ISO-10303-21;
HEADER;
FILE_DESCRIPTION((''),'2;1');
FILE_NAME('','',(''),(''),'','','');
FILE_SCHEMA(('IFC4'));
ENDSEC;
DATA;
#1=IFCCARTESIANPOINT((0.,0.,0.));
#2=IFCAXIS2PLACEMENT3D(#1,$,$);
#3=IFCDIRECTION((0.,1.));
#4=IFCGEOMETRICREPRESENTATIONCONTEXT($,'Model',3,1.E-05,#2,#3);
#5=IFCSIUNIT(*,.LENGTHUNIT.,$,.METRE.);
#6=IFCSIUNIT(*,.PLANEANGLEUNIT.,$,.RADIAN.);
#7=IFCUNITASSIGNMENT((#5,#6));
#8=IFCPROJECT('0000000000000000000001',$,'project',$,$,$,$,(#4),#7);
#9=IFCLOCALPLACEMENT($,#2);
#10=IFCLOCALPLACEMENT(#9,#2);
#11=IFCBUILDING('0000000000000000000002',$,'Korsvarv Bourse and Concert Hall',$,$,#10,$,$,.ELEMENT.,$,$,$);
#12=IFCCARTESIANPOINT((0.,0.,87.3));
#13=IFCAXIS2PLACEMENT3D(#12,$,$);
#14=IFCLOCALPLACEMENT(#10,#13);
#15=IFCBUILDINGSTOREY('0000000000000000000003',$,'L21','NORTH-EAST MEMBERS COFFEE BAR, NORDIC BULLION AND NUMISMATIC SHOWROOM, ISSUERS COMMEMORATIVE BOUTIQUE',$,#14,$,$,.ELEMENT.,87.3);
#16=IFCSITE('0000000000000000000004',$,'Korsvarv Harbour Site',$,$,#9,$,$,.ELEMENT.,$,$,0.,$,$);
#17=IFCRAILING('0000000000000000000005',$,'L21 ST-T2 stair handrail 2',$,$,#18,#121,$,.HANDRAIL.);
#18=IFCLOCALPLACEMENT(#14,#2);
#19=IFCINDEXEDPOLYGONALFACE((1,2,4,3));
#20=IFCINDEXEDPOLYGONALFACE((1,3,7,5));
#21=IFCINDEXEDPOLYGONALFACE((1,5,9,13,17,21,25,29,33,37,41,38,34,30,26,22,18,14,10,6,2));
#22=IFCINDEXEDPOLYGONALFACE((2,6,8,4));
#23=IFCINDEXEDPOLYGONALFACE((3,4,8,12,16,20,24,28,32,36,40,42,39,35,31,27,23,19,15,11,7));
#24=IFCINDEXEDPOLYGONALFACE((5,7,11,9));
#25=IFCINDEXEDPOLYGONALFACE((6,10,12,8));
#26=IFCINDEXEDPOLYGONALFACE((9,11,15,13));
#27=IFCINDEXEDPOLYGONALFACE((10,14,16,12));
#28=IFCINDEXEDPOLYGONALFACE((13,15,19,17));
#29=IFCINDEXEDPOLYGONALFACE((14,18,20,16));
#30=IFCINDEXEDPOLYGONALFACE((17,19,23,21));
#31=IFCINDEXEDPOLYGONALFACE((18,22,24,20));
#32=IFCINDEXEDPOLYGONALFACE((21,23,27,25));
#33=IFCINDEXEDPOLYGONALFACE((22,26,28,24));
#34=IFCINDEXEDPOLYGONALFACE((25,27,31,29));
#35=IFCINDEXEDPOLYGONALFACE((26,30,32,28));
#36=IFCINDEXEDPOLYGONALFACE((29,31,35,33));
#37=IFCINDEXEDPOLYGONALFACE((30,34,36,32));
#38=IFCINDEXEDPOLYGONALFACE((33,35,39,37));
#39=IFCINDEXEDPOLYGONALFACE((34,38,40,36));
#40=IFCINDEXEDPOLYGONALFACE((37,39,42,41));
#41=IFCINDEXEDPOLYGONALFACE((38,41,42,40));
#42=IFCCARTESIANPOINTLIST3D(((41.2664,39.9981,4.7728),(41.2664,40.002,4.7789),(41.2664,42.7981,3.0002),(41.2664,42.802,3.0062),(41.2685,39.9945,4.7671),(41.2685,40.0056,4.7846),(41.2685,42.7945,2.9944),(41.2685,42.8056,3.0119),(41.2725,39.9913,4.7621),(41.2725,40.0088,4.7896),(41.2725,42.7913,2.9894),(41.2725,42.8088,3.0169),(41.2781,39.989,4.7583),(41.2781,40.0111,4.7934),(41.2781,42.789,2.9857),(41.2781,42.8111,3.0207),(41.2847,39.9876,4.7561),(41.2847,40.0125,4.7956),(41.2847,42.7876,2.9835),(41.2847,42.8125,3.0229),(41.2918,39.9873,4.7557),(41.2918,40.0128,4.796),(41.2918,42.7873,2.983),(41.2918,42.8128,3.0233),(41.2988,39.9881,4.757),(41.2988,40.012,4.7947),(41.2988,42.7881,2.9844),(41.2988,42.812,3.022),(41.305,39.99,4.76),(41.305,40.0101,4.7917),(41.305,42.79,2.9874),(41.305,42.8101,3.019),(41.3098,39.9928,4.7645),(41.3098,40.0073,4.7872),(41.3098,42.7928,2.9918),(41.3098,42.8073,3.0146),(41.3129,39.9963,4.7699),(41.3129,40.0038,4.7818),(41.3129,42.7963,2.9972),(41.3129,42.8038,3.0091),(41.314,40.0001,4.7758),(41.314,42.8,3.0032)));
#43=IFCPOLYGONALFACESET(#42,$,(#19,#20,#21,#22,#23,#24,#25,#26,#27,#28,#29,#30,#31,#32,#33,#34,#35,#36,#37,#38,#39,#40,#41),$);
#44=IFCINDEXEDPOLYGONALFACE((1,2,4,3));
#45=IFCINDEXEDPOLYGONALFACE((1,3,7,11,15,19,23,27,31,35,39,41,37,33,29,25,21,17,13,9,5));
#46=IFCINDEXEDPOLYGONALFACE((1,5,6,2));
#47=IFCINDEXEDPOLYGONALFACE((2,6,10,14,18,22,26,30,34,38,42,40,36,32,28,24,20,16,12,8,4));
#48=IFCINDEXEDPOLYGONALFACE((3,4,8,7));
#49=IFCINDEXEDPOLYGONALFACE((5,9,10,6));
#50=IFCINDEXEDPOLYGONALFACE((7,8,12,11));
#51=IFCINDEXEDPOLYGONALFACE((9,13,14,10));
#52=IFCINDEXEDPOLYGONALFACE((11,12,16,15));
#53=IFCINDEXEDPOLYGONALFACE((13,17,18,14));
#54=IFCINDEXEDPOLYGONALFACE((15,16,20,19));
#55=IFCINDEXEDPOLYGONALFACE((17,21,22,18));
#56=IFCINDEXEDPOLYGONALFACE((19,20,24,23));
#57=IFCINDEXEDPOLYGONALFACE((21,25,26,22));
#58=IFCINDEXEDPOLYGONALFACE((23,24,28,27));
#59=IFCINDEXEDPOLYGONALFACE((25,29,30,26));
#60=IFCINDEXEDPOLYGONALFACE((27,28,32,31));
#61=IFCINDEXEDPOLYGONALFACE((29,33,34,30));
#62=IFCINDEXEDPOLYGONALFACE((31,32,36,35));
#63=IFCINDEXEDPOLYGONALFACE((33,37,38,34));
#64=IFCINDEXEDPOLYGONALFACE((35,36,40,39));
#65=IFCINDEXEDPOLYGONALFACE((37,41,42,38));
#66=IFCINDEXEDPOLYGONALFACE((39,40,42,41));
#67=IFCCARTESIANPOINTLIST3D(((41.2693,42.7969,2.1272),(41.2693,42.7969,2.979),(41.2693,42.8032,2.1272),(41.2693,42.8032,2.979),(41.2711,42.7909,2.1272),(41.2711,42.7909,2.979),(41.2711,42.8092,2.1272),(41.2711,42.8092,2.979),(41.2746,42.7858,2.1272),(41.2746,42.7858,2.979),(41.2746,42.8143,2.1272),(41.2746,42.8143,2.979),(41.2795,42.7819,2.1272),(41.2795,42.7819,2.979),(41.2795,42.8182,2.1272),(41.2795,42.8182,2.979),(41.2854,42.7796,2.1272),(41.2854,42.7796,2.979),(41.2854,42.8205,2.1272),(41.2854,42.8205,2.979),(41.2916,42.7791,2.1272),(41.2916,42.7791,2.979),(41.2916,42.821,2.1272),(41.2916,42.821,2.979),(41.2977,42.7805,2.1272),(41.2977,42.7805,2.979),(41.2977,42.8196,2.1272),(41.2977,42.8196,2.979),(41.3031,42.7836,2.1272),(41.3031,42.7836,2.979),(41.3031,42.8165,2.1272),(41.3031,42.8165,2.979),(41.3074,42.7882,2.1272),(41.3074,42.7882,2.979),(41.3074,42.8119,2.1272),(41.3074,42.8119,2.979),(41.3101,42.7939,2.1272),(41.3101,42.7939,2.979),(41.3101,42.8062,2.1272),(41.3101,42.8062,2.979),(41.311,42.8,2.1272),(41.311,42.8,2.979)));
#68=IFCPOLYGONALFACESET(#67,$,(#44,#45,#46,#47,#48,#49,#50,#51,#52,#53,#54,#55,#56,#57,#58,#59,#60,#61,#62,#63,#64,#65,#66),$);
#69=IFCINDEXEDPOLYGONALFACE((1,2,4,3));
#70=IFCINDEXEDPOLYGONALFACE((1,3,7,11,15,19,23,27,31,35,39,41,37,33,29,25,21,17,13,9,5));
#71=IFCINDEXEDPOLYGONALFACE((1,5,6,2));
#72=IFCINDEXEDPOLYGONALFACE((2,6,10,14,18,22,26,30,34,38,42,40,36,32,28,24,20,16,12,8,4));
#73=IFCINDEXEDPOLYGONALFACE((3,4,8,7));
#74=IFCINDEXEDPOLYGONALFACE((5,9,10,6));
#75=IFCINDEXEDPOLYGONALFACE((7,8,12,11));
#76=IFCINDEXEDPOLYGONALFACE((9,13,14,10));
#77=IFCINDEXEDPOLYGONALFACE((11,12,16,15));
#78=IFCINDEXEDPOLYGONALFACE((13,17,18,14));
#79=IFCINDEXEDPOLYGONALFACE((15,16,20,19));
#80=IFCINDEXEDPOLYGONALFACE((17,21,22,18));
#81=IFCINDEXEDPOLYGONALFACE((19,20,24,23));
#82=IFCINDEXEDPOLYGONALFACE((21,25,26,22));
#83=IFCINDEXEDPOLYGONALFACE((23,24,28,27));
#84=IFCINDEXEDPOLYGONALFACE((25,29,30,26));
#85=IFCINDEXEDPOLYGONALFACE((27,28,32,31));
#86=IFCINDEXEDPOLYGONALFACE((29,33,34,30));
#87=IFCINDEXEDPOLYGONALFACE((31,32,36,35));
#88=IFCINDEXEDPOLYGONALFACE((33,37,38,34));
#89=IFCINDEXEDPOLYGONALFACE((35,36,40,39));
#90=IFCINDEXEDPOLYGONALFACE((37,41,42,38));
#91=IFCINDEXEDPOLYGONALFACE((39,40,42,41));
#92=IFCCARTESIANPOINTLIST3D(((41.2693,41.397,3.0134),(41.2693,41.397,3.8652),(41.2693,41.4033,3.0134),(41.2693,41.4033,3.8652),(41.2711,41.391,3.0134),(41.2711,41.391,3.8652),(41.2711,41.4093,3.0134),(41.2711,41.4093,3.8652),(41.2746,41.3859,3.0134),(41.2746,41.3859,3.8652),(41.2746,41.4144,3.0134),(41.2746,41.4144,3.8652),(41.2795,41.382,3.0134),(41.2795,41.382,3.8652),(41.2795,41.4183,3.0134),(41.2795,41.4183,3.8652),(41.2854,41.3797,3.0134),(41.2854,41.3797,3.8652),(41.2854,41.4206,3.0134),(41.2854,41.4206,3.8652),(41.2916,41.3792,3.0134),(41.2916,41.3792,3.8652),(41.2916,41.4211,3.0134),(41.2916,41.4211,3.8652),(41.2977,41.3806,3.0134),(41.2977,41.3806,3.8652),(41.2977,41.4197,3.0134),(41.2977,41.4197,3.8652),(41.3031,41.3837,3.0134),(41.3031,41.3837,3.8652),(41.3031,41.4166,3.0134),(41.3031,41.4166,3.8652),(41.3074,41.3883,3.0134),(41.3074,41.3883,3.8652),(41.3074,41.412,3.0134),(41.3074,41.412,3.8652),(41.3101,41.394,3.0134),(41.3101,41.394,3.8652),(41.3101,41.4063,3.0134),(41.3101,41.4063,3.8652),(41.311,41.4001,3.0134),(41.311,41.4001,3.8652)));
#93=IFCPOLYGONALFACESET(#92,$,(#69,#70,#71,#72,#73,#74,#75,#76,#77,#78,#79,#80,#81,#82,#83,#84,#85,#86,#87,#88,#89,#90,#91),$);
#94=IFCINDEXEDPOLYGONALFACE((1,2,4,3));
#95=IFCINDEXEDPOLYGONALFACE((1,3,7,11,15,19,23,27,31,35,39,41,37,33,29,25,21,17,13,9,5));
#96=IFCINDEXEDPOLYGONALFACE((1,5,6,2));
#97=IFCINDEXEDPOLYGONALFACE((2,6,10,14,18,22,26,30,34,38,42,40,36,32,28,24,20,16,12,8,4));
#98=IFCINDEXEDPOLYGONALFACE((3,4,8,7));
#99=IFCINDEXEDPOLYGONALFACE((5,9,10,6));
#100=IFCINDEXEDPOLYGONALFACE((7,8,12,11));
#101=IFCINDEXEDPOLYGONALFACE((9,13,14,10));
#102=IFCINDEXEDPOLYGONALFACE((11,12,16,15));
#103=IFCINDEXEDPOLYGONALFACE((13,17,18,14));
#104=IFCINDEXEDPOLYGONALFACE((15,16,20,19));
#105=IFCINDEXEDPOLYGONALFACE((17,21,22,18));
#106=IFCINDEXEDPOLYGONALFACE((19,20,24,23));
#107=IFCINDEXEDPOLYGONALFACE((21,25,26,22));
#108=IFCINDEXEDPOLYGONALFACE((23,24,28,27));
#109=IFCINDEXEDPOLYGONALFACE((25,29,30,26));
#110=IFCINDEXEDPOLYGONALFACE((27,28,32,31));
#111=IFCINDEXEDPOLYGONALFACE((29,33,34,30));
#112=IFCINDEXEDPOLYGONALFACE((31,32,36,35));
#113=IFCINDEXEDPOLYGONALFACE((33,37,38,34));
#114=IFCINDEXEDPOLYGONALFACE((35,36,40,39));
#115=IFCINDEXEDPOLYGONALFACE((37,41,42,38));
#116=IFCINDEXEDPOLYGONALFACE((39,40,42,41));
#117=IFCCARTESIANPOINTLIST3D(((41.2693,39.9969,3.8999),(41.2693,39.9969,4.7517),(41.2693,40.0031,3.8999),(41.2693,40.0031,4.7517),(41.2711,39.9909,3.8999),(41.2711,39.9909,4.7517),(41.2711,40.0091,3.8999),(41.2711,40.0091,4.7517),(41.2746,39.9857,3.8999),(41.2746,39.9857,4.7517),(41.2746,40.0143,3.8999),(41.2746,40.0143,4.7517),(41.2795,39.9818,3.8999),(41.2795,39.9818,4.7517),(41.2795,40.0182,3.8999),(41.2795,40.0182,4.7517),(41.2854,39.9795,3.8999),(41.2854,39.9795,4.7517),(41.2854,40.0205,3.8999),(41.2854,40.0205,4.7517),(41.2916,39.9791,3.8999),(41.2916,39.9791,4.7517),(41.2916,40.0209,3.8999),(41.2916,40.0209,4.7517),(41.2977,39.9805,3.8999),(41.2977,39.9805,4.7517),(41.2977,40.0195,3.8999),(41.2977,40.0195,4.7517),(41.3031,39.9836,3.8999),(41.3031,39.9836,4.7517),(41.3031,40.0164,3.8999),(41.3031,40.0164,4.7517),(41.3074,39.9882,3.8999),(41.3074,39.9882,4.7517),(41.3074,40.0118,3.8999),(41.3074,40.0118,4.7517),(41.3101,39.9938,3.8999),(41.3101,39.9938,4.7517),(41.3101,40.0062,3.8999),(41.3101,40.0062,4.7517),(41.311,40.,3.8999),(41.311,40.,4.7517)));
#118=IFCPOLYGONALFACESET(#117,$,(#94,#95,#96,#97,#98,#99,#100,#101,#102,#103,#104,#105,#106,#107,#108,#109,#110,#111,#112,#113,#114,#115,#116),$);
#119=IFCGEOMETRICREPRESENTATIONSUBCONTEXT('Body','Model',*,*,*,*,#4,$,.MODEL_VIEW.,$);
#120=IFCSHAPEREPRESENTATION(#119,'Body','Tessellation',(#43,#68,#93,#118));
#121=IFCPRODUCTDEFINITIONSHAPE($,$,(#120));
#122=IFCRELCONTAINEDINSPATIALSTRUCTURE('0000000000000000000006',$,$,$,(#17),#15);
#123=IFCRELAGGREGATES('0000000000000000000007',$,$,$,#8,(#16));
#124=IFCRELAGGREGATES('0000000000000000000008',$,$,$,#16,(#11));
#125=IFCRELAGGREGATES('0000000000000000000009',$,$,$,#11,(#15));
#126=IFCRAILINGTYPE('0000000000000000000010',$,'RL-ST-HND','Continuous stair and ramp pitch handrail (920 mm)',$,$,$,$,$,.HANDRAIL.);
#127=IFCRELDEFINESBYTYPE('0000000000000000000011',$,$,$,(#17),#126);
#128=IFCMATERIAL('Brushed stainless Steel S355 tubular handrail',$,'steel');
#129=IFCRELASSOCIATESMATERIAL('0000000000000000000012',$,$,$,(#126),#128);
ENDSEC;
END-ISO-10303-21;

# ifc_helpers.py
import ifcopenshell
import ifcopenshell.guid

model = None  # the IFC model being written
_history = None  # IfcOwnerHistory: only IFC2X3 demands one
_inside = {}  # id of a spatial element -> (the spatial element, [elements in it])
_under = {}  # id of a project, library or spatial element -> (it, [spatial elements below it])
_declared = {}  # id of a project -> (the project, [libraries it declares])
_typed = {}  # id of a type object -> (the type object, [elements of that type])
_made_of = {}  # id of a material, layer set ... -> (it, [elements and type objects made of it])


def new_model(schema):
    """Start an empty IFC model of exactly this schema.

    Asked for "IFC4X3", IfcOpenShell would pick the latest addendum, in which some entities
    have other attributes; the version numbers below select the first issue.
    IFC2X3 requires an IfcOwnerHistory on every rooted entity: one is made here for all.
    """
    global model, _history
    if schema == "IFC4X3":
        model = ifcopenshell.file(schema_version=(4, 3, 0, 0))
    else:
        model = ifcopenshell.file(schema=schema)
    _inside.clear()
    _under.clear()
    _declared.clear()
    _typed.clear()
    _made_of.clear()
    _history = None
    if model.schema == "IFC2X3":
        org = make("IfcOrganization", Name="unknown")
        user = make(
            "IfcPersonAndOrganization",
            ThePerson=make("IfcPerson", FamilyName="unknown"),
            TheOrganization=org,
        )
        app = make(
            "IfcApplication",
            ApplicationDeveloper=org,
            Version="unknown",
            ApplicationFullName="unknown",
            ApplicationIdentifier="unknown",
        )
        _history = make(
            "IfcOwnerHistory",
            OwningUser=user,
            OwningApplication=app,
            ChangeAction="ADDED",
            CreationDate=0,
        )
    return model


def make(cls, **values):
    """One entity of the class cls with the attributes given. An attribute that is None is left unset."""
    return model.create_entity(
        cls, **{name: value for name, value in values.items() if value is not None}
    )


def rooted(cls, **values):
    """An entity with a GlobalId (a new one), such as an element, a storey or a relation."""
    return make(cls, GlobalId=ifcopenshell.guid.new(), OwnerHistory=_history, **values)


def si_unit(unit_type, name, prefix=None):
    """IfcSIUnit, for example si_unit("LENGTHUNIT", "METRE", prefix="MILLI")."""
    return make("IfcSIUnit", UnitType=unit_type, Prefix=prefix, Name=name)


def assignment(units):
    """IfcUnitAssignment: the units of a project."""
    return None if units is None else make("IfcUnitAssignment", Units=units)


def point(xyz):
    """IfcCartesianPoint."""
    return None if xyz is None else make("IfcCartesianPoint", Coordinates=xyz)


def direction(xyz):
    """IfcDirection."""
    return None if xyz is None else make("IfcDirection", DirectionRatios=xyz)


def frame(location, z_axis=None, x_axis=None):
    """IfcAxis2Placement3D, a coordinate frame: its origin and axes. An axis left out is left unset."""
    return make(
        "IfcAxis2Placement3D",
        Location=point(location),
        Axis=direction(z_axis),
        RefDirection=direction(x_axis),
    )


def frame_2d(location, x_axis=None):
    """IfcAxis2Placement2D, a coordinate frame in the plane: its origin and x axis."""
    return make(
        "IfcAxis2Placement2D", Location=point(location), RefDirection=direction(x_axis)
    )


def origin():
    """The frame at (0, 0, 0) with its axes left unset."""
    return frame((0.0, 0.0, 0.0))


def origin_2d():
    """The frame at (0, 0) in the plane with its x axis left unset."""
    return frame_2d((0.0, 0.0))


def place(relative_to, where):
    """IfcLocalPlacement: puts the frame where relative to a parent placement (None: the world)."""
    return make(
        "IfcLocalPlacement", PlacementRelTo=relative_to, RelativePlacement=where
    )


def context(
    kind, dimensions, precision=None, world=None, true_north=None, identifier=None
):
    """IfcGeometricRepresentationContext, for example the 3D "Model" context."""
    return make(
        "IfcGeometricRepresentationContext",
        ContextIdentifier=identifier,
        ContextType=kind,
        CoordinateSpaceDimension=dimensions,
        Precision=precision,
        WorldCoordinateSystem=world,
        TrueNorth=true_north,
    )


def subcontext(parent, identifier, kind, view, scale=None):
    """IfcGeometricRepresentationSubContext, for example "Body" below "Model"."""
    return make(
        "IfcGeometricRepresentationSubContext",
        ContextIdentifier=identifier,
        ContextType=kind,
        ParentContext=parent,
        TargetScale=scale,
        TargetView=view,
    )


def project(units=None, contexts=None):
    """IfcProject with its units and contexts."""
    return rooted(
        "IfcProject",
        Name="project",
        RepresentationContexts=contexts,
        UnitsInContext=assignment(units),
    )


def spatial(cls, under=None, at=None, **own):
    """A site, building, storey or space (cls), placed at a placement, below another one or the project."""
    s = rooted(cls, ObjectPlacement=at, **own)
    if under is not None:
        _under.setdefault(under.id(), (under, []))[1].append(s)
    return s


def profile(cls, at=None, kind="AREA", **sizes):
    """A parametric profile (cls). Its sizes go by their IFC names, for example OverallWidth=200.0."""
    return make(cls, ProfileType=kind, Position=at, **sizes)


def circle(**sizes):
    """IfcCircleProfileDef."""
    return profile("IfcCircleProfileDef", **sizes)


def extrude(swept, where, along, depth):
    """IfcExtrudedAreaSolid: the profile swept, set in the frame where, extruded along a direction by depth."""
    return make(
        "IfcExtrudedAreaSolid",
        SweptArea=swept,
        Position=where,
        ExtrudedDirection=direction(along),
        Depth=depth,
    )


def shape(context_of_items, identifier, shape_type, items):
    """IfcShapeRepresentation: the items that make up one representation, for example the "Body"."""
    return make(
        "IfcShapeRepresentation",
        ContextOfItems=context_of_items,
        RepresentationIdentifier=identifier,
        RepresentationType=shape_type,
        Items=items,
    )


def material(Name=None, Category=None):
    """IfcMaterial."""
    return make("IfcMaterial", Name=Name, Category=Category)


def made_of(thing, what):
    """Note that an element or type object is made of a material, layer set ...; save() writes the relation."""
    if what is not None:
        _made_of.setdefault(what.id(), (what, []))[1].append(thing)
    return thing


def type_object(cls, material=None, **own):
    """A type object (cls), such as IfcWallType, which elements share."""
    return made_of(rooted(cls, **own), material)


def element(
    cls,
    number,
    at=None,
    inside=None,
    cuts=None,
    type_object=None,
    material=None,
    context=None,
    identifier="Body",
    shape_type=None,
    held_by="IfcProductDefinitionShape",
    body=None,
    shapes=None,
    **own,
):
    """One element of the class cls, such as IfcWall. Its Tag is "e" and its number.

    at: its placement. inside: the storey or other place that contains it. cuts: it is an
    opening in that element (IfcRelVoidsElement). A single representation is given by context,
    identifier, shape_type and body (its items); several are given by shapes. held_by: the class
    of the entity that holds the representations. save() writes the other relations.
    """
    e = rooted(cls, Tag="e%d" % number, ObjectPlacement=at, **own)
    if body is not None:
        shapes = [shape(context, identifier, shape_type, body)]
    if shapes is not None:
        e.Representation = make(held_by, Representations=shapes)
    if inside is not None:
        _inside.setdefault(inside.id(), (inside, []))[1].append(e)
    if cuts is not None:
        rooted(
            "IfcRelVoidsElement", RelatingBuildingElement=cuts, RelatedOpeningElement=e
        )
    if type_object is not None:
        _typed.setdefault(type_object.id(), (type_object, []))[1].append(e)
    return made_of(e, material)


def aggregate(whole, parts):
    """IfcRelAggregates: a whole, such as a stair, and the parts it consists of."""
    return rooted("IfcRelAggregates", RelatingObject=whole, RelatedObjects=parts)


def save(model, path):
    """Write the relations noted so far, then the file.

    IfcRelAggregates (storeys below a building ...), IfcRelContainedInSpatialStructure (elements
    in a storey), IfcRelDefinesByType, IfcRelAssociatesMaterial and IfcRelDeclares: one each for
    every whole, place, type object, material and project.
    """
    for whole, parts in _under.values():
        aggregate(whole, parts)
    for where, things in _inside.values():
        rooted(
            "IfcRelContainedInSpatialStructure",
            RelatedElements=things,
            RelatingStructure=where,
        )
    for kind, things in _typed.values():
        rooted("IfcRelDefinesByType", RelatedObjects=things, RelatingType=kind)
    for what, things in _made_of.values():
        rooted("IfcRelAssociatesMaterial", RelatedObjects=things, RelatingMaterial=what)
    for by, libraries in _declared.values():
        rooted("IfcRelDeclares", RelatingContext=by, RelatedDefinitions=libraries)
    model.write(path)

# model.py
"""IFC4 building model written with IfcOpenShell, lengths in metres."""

from ifc_helpers import new_model, si_unit, direction, frame, origin, origin_2d, place, context, subcontext, project, spatial, circle, extrude, material, type_object, element, save


model = new_model("IFC4")

# Units and contexts
model_context = context("Model", 3, precision=1e-05, world=origin(), true_north=direction((0.0, 1.0)))
body_context = subcontext(model_context, "Body", "Model", "MODEL_VIEW")
ifc_project = project(units=[si_unit("LENGTHUNIT", "METRE"), si_unit("PLANEANGLEUNIT", "RADIAN")], contexts=[model_context])

# Site, building, storey
site_placement = place(None, origin())
site = spatial("IfcSite", under=ifc_project, at=site_placement, Name="Korsvarv Harbour Site", CompositionType="ELEMENT", RefElevation=0.0)
building_placement = place(site_placement, origin())
building = spatial("IfcBuilding", under=site, at=building_placement, Name="Korsvarv Bourse and Concert Hall", CompositionType="ELEMENT")
storey_placement = place(building_placement, frame((0.0, 0.0, 87.3)))
storey = spatial("IfcBuildingStorey", under=building, at=storey_placement, Name="L21", Description="NORTH-EAST MEMBERS COFFEE BAR, NORDIC BULLION AND NUMISMATIC SHOWROOM, ISSUERS COMMEMORATIVE BOUTIQUE", CompositionType="ELEMENT", Elevation=87.3)

# Railing
ifc_material_1 = material(Name="Brushed stainless Steel S355 tubular handrail", Category="steel")
railing_type_1 = type_object("IfcRailingType", Name="RL-ST-HND", Description="Continuous stair and ramp pitch handrail (920 mm)", PredefinedType="HANDRAIL", material=ifc_material_1)
railing_1_placement = place(storey_placement, frame((41.29, 42.8, 2.1272)))
element("IfcRailing", 1, at=railing_1_placement, inside=storey, type_object=railing_type_1, Name="L21 ST-T2 stair handrail 2", PredefinedType="HANDRAIL", context=body_context, shape_type="SweptSolid", body=[
    extrude(circle(Radius=0.0239, at=origin_2d()), frame((0.0, 0.0, 0.876), z_axis=(0.0, -0.844909, 0.53491), x_axis=(1.0, 0.0, 0.0)), (0.0, 0.0, 1.0), 3.314),
    extrude(circle(Radius=0.021, at=origin_2d()), origin(), (0.0, 0.0, 1.0), 0.8518),
    extrude(circle(Radius=0.021, at=origin_2d()), frame((0.0, -1.3999, 0.8862)), (0.0, 0.0, 1.0), 0.8518),
    extrude(circle(Radius=0.021, at=origin_2d()), frame((0.0, -2.8, 1.7727)), (0.0, 0.0, 1.0), 0.8518),
])

save(model, "model.ifc")
